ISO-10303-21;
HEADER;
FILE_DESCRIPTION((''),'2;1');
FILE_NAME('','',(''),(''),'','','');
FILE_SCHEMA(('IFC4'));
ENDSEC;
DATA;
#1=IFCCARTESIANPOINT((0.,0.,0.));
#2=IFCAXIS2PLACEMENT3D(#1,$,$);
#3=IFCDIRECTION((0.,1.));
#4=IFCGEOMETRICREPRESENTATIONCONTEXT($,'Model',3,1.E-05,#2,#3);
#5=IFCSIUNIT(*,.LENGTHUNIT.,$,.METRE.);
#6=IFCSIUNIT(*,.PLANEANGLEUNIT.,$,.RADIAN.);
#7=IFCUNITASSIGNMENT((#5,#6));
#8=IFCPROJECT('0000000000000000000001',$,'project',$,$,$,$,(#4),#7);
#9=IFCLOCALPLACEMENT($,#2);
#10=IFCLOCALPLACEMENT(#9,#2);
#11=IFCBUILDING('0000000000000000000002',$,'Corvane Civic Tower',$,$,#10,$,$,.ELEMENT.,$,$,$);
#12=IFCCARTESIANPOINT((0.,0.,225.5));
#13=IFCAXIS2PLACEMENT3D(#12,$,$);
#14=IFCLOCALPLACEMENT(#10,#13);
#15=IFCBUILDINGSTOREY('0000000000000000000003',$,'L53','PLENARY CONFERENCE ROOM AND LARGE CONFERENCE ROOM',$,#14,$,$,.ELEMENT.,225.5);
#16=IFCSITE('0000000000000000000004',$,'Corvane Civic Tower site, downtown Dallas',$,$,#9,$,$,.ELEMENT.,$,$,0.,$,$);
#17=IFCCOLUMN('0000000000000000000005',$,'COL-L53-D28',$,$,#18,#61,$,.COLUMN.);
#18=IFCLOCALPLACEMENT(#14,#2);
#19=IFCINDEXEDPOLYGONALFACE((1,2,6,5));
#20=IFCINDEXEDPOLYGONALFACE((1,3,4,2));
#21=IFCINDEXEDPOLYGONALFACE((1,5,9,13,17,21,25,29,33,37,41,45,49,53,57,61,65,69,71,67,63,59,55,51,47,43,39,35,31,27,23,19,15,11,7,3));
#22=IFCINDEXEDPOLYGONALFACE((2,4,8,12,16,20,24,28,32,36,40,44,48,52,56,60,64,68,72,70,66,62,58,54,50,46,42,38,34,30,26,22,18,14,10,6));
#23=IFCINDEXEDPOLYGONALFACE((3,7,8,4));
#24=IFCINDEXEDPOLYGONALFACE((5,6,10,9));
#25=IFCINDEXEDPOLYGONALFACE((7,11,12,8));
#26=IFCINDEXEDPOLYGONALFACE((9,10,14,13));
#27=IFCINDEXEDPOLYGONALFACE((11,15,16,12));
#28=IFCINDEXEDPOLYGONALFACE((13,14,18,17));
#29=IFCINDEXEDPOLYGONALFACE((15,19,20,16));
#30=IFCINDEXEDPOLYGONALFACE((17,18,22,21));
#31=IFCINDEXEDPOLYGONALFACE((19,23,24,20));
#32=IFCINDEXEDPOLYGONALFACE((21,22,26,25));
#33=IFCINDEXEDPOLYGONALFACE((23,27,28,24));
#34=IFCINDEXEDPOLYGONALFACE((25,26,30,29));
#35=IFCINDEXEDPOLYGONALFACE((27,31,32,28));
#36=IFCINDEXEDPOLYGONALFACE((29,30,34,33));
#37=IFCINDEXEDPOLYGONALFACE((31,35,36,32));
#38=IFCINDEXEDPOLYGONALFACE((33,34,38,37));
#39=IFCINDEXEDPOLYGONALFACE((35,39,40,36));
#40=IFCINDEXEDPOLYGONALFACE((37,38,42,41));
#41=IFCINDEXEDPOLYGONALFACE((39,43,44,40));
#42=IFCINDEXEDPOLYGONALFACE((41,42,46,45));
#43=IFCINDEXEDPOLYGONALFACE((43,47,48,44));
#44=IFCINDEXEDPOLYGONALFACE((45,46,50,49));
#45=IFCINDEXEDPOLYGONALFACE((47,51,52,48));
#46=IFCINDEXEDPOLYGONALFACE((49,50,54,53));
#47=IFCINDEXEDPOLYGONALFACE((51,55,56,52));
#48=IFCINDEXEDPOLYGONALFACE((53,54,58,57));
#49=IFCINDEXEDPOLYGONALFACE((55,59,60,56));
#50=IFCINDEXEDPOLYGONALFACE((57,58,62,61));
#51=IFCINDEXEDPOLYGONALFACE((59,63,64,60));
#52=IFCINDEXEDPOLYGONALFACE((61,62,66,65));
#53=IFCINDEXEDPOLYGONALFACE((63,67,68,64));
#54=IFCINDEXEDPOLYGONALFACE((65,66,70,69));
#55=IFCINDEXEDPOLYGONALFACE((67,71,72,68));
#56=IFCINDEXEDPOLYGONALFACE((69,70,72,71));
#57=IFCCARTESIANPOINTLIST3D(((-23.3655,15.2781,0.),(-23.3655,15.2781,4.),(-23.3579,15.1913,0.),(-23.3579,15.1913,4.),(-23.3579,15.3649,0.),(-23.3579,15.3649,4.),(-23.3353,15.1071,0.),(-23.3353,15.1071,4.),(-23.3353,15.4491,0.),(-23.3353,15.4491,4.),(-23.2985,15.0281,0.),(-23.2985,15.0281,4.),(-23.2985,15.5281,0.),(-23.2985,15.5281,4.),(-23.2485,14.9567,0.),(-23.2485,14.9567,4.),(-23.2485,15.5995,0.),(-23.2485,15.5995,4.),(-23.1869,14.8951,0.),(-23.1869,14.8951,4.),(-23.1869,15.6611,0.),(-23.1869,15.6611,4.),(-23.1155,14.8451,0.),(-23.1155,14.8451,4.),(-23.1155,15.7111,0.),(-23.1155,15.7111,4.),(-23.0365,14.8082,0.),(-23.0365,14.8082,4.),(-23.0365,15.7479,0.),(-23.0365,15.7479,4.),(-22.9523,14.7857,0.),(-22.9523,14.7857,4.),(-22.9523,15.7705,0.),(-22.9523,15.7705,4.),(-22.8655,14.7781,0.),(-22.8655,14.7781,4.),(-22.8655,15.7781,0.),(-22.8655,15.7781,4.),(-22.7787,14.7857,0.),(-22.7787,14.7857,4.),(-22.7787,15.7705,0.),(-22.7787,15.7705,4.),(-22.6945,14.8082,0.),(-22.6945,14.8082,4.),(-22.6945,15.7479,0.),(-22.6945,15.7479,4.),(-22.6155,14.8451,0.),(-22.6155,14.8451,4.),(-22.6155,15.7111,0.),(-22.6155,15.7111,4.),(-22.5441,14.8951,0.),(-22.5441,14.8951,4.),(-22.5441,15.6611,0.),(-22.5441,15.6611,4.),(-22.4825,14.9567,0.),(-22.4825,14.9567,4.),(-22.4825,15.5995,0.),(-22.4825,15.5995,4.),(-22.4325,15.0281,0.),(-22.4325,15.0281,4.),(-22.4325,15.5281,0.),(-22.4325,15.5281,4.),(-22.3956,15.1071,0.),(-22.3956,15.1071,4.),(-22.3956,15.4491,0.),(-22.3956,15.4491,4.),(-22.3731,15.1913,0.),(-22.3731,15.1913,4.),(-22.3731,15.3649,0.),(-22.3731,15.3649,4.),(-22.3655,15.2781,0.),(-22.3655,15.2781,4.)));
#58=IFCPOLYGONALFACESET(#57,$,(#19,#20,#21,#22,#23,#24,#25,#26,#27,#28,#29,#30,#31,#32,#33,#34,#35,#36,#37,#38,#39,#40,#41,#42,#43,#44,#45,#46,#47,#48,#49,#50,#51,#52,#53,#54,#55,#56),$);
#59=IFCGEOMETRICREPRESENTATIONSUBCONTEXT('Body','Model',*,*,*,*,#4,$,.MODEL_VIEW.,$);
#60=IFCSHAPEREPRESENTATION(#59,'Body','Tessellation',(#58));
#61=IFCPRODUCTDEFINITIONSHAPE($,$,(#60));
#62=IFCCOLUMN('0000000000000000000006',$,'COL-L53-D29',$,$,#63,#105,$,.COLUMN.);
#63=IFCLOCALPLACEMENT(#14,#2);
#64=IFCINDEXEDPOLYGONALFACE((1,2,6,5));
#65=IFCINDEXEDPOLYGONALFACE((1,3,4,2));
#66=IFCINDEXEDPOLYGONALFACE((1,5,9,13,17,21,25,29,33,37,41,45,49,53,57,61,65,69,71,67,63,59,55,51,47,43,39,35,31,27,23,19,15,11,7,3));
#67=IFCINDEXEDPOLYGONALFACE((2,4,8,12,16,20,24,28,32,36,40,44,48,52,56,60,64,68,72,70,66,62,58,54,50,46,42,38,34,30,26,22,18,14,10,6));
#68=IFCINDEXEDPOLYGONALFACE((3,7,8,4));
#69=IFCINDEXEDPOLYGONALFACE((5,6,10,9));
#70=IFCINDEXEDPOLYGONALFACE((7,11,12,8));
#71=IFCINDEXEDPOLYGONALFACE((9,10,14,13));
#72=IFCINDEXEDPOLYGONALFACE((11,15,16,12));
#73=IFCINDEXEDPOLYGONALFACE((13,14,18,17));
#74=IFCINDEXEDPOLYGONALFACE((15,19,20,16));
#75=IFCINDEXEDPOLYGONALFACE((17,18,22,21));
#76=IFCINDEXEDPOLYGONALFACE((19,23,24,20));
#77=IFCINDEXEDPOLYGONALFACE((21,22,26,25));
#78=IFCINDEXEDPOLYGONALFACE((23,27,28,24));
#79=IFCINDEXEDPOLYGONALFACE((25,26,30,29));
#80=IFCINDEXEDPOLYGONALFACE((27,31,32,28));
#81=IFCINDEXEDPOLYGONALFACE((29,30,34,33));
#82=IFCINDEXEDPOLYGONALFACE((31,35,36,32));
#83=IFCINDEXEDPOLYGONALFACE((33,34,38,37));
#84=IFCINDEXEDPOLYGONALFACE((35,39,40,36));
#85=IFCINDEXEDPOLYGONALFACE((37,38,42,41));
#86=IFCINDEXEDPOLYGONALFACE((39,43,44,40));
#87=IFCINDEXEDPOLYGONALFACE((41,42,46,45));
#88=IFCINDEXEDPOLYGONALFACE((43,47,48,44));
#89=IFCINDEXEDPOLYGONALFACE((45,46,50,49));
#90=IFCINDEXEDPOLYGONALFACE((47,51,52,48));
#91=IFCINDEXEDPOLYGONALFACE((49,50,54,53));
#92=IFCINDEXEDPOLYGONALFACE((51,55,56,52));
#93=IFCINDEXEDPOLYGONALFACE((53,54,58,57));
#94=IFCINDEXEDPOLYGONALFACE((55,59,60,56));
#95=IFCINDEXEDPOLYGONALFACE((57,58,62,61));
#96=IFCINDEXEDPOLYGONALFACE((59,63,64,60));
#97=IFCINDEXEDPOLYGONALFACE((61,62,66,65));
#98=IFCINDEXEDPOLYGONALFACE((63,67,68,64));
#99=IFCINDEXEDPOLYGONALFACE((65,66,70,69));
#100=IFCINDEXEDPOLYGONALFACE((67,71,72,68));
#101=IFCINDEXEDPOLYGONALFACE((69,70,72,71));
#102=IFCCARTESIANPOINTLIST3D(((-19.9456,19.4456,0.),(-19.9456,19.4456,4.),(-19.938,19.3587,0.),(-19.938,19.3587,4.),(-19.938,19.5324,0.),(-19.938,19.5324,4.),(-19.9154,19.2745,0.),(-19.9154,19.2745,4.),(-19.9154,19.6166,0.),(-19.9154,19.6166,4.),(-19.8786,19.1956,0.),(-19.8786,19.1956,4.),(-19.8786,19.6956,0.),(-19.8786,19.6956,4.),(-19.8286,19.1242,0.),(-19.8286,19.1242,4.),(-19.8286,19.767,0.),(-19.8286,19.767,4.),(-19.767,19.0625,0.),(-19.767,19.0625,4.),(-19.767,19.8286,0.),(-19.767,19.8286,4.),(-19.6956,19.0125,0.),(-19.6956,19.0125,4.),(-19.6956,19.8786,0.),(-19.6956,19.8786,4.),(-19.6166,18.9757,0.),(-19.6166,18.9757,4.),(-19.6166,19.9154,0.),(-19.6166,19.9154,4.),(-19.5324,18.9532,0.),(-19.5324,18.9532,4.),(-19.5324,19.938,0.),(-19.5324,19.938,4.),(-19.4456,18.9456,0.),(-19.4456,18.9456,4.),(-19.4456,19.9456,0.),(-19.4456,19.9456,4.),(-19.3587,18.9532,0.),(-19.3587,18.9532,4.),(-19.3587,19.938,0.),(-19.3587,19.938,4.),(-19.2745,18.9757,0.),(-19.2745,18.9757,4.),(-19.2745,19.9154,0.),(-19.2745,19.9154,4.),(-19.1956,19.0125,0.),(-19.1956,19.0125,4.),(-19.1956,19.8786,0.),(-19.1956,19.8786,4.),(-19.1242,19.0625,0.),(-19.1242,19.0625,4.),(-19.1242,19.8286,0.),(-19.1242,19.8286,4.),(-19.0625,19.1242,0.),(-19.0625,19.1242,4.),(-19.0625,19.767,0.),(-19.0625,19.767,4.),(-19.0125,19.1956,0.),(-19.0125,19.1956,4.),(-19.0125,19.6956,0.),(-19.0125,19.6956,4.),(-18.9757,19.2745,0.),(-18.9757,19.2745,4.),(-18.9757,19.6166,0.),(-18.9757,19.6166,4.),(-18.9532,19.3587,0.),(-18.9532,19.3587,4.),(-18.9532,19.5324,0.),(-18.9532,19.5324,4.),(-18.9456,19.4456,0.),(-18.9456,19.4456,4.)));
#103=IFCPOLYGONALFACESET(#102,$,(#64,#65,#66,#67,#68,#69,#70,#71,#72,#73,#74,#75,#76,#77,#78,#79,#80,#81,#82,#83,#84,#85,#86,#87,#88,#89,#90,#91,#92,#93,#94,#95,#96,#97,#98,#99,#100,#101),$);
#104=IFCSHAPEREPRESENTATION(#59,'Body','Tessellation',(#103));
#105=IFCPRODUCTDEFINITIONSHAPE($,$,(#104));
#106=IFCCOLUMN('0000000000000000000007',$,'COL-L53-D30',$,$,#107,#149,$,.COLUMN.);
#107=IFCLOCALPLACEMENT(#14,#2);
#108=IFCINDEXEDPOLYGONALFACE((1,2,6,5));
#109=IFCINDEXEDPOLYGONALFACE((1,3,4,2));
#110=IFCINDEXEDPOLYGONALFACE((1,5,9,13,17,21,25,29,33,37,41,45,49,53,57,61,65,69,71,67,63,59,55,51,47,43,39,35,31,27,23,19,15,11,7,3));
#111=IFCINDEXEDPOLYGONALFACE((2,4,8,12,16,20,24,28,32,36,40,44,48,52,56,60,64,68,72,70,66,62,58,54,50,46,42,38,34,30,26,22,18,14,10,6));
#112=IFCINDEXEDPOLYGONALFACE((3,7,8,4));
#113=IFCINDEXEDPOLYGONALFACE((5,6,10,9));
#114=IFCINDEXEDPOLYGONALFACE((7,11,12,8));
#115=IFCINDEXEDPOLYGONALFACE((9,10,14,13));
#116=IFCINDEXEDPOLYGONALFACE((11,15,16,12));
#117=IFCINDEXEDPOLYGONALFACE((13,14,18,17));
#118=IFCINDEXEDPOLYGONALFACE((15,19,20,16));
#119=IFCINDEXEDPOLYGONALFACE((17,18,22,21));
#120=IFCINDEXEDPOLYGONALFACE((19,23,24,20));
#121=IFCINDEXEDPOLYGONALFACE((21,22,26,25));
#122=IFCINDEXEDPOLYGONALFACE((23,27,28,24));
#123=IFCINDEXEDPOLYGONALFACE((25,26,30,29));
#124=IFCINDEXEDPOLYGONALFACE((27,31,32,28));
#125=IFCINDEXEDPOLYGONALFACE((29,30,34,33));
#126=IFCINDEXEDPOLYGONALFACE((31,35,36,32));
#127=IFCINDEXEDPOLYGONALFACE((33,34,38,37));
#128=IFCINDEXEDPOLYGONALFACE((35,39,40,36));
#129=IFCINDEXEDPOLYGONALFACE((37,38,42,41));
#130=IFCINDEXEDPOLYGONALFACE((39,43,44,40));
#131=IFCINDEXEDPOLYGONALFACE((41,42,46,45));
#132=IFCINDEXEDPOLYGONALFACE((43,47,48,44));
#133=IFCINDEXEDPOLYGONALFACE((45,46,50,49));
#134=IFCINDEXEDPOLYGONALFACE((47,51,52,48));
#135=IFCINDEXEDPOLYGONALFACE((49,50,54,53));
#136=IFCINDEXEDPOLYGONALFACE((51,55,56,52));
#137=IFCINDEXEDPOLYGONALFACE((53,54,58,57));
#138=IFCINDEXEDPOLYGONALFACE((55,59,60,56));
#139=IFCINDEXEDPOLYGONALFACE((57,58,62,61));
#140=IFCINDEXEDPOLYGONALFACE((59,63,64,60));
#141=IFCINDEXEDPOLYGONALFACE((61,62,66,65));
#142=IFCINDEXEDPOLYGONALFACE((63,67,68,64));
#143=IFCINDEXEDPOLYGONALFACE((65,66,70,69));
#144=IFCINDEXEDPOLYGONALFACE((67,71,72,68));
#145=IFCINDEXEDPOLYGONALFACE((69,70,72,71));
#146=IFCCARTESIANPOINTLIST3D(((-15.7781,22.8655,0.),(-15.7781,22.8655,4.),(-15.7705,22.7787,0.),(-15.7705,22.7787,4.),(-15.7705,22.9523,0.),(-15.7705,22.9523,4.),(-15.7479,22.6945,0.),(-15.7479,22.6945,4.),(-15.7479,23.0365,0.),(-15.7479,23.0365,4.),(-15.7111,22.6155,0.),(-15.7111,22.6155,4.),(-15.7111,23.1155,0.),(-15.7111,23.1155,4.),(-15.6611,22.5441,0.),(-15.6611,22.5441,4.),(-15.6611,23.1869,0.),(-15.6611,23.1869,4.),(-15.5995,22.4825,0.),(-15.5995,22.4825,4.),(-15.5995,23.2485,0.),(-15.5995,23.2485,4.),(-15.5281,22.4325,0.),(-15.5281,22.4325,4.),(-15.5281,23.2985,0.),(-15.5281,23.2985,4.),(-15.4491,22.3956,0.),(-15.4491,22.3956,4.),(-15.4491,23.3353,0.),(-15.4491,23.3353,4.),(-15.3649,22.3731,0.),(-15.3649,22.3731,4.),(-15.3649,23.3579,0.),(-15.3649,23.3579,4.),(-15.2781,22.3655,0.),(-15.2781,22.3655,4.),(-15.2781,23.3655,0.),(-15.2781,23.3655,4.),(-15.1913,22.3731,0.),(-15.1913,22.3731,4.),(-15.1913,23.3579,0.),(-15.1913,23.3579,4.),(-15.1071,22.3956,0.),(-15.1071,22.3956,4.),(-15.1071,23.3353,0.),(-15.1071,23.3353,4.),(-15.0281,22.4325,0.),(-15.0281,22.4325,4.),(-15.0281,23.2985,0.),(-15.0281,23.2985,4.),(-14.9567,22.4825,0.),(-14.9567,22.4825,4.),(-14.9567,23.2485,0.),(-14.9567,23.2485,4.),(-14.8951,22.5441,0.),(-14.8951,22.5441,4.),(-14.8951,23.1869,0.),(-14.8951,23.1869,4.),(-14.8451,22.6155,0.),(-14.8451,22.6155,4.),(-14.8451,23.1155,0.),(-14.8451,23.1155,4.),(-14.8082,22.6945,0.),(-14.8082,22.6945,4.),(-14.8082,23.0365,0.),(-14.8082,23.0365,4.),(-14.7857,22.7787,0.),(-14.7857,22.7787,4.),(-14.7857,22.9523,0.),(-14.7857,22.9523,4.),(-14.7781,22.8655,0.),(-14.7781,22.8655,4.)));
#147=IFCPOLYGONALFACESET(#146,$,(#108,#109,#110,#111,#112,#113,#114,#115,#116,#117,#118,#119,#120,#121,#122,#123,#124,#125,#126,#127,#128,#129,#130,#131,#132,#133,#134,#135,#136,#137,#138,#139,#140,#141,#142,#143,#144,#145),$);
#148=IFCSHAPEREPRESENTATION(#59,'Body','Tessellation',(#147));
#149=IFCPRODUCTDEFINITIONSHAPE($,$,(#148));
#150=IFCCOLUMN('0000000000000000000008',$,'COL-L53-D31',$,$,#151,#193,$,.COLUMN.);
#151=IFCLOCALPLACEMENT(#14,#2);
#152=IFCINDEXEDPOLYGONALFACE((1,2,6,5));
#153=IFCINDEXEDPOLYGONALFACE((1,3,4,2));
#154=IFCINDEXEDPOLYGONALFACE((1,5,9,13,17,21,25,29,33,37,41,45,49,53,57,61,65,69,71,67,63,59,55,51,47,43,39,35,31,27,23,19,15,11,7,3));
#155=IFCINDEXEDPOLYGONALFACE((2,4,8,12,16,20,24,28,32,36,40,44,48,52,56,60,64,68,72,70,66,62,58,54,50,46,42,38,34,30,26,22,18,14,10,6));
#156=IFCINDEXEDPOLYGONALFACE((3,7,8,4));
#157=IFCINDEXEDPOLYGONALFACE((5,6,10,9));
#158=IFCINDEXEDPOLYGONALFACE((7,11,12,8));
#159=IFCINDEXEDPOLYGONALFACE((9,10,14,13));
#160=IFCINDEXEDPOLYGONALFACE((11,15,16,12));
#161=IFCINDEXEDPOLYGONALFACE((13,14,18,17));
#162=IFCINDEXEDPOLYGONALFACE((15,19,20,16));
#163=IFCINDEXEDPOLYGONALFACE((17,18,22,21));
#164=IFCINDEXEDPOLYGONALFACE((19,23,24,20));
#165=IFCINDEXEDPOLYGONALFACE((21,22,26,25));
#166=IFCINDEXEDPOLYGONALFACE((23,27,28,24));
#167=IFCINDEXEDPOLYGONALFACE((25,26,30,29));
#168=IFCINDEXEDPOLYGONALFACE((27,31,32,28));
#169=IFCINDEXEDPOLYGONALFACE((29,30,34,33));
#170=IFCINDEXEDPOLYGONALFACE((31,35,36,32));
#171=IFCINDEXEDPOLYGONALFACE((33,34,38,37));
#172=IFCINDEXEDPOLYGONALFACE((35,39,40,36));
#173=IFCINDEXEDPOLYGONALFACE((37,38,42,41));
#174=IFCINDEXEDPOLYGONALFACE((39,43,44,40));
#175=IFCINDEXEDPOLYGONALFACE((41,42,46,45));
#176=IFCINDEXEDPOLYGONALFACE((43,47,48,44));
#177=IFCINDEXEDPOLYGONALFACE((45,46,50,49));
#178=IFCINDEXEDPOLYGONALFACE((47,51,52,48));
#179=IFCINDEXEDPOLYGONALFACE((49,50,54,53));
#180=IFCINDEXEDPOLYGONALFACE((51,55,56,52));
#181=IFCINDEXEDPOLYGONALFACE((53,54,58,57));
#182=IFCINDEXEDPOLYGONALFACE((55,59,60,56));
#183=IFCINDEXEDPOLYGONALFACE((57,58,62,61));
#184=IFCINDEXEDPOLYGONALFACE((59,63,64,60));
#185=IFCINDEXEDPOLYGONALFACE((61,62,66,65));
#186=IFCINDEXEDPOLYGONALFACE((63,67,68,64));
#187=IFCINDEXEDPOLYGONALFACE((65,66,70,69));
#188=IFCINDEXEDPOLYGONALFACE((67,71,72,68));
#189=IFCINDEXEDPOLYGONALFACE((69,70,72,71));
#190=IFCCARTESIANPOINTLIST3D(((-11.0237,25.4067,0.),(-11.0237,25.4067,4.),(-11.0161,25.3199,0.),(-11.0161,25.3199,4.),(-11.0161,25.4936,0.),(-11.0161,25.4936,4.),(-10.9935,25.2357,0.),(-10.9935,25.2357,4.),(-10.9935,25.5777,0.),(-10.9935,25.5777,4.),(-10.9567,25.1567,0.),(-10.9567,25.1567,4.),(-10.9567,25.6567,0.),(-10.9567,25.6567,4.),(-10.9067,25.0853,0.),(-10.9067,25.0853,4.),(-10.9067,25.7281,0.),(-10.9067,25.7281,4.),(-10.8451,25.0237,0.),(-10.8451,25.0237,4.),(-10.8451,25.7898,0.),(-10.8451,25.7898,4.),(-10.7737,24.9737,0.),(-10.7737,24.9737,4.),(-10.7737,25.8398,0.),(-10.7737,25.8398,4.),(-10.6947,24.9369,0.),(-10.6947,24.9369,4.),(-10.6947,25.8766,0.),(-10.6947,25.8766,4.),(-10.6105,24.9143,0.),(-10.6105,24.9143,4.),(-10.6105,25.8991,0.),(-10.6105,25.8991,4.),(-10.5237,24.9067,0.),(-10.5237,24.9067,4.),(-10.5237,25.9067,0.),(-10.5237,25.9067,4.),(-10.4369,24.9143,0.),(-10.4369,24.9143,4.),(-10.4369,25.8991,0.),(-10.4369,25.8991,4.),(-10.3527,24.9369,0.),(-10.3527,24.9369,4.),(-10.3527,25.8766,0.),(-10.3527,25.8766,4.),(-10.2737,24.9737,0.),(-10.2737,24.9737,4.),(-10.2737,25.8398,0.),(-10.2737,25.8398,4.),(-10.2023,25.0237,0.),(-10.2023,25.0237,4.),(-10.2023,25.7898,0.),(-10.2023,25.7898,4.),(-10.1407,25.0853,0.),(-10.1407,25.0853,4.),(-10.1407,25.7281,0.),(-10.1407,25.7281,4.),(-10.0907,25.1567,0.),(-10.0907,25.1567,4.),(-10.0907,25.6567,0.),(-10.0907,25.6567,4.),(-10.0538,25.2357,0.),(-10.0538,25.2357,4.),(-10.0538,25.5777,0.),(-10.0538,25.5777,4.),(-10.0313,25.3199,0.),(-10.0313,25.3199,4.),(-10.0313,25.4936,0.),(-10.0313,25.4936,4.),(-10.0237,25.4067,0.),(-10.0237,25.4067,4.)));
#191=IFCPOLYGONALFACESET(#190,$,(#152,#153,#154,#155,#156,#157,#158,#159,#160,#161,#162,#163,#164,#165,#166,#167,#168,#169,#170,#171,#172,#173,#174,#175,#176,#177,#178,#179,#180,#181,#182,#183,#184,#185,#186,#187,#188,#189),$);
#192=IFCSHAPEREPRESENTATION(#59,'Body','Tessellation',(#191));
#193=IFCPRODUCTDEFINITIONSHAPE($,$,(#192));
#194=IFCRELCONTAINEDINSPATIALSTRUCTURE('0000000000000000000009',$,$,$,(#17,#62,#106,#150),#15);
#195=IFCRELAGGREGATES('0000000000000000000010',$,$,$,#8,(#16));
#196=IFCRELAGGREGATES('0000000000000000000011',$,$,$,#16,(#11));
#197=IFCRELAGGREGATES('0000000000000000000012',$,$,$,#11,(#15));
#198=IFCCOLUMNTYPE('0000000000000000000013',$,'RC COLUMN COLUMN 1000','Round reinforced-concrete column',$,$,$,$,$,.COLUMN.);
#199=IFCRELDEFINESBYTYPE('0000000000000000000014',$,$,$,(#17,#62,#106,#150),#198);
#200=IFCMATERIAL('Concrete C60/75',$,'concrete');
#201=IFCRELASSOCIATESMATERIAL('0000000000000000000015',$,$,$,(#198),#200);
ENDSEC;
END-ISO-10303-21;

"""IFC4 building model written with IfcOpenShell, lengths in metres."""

from ifc_helpers import new_model, si_unit, direction, frame, origin, origin_2d, place, context, subcontext, project, spatial, circle, extrude, material, material_profile, profile_set, type_object, element, save


model = new_model("IFC4")

# Units and contexts
model_context = context("Model", 3, precision=1e-05, world=origin(), true_north=direction((0.0, 1.0)))
body_context = subcontext(model_context, "Body", "Model", "MODEL_VIEW")
ifc_project = project(units=[si_unit("LENGTHUNIT", "METRE"), si_unit("PLANEANGLEUNIT", "RADIAN")], contexts=[model_context])

# Site, building, storey
site_placement = place(None, origin())
site = spatial("IfcSite", under=ifc_project, at=site_placement, Name="Corvane Civic Tower site, downtown Dallas", CompositionType="ELEMENT", RefElevation=0.0)
building_placement = place(site_placement, origin())
building = spatial("IfcBuilding", under=site, at=building_placement, Name="Corvane Civic Tower", CompositionType="ELEMENT")
storey_placement = place(building_placement, frame((0.0, 0.0, 225.5)))
storey = spatial("IfcBuildingStorey", under=building, at=storey_placement, Name="L53", Description="PLENARY CONFERENCE ROOM AND LARGE CONFERENCE ROOM", CompositionType="ELEMENT", Elevation=225.5)

# Columns
ifc_material_1 = material(Name="Concrete C60/75", Category="concrete")
ifc_material_profile_1 = material_profile(ifc_material_1, circle(Radius=0.5, at=origin_2d()), Name="COLUMN 1000")
ifc_profile_set_1 = profile_set([ifc_material_profile_1], Name="Concrete C60/75")
column_type = type_object("IfcColumnType", Name="RC COLUMN COLUMN 1000", Description="Round reinforced-concrete column", PredefinedType="COLUMN", material=ifc_profile_set_1)
for number, where, z_axis, x_axis, name in (
    (1, (-22.8655, 15.2781, 0.0), (0.0, 0.0, 1.0), (1.0, 0.0, 0.0), "COL-L53-D28"),
    (2, (-19.4456, 19.4456, 0.0), (0.0, 0.0, 1.0), (1.0, 0.0, 0.0), "COL-L53-D29"),
    (3, (-15.2781, 22.8655, 0.0), (0.0, 0.0, 1.0), (1.0, 0.0, 0.0), "COL-L53-D30"),
    (4, (-10.5237, 25.4067, 0.0), (0.0, 0.0, 1.0), (1.0, 0.0, 0.0), "COL-L53-D31"),
):
    element("IfcColumn", number, at=place(storey_placement, frame(where, z_axis=z_axis, x_axis=x_axis)), inside=storey, type_object=column_type, Name=name, PredefinedType="COLUMN", context=body_context, shape_type="SweptSolid", body=[
        extrude(circle(Radius=0.5, at=origin_2d()), origin(), (0.0, 0.0, 1.0), 4.0),
    ])

save(model, "model.ifc")
